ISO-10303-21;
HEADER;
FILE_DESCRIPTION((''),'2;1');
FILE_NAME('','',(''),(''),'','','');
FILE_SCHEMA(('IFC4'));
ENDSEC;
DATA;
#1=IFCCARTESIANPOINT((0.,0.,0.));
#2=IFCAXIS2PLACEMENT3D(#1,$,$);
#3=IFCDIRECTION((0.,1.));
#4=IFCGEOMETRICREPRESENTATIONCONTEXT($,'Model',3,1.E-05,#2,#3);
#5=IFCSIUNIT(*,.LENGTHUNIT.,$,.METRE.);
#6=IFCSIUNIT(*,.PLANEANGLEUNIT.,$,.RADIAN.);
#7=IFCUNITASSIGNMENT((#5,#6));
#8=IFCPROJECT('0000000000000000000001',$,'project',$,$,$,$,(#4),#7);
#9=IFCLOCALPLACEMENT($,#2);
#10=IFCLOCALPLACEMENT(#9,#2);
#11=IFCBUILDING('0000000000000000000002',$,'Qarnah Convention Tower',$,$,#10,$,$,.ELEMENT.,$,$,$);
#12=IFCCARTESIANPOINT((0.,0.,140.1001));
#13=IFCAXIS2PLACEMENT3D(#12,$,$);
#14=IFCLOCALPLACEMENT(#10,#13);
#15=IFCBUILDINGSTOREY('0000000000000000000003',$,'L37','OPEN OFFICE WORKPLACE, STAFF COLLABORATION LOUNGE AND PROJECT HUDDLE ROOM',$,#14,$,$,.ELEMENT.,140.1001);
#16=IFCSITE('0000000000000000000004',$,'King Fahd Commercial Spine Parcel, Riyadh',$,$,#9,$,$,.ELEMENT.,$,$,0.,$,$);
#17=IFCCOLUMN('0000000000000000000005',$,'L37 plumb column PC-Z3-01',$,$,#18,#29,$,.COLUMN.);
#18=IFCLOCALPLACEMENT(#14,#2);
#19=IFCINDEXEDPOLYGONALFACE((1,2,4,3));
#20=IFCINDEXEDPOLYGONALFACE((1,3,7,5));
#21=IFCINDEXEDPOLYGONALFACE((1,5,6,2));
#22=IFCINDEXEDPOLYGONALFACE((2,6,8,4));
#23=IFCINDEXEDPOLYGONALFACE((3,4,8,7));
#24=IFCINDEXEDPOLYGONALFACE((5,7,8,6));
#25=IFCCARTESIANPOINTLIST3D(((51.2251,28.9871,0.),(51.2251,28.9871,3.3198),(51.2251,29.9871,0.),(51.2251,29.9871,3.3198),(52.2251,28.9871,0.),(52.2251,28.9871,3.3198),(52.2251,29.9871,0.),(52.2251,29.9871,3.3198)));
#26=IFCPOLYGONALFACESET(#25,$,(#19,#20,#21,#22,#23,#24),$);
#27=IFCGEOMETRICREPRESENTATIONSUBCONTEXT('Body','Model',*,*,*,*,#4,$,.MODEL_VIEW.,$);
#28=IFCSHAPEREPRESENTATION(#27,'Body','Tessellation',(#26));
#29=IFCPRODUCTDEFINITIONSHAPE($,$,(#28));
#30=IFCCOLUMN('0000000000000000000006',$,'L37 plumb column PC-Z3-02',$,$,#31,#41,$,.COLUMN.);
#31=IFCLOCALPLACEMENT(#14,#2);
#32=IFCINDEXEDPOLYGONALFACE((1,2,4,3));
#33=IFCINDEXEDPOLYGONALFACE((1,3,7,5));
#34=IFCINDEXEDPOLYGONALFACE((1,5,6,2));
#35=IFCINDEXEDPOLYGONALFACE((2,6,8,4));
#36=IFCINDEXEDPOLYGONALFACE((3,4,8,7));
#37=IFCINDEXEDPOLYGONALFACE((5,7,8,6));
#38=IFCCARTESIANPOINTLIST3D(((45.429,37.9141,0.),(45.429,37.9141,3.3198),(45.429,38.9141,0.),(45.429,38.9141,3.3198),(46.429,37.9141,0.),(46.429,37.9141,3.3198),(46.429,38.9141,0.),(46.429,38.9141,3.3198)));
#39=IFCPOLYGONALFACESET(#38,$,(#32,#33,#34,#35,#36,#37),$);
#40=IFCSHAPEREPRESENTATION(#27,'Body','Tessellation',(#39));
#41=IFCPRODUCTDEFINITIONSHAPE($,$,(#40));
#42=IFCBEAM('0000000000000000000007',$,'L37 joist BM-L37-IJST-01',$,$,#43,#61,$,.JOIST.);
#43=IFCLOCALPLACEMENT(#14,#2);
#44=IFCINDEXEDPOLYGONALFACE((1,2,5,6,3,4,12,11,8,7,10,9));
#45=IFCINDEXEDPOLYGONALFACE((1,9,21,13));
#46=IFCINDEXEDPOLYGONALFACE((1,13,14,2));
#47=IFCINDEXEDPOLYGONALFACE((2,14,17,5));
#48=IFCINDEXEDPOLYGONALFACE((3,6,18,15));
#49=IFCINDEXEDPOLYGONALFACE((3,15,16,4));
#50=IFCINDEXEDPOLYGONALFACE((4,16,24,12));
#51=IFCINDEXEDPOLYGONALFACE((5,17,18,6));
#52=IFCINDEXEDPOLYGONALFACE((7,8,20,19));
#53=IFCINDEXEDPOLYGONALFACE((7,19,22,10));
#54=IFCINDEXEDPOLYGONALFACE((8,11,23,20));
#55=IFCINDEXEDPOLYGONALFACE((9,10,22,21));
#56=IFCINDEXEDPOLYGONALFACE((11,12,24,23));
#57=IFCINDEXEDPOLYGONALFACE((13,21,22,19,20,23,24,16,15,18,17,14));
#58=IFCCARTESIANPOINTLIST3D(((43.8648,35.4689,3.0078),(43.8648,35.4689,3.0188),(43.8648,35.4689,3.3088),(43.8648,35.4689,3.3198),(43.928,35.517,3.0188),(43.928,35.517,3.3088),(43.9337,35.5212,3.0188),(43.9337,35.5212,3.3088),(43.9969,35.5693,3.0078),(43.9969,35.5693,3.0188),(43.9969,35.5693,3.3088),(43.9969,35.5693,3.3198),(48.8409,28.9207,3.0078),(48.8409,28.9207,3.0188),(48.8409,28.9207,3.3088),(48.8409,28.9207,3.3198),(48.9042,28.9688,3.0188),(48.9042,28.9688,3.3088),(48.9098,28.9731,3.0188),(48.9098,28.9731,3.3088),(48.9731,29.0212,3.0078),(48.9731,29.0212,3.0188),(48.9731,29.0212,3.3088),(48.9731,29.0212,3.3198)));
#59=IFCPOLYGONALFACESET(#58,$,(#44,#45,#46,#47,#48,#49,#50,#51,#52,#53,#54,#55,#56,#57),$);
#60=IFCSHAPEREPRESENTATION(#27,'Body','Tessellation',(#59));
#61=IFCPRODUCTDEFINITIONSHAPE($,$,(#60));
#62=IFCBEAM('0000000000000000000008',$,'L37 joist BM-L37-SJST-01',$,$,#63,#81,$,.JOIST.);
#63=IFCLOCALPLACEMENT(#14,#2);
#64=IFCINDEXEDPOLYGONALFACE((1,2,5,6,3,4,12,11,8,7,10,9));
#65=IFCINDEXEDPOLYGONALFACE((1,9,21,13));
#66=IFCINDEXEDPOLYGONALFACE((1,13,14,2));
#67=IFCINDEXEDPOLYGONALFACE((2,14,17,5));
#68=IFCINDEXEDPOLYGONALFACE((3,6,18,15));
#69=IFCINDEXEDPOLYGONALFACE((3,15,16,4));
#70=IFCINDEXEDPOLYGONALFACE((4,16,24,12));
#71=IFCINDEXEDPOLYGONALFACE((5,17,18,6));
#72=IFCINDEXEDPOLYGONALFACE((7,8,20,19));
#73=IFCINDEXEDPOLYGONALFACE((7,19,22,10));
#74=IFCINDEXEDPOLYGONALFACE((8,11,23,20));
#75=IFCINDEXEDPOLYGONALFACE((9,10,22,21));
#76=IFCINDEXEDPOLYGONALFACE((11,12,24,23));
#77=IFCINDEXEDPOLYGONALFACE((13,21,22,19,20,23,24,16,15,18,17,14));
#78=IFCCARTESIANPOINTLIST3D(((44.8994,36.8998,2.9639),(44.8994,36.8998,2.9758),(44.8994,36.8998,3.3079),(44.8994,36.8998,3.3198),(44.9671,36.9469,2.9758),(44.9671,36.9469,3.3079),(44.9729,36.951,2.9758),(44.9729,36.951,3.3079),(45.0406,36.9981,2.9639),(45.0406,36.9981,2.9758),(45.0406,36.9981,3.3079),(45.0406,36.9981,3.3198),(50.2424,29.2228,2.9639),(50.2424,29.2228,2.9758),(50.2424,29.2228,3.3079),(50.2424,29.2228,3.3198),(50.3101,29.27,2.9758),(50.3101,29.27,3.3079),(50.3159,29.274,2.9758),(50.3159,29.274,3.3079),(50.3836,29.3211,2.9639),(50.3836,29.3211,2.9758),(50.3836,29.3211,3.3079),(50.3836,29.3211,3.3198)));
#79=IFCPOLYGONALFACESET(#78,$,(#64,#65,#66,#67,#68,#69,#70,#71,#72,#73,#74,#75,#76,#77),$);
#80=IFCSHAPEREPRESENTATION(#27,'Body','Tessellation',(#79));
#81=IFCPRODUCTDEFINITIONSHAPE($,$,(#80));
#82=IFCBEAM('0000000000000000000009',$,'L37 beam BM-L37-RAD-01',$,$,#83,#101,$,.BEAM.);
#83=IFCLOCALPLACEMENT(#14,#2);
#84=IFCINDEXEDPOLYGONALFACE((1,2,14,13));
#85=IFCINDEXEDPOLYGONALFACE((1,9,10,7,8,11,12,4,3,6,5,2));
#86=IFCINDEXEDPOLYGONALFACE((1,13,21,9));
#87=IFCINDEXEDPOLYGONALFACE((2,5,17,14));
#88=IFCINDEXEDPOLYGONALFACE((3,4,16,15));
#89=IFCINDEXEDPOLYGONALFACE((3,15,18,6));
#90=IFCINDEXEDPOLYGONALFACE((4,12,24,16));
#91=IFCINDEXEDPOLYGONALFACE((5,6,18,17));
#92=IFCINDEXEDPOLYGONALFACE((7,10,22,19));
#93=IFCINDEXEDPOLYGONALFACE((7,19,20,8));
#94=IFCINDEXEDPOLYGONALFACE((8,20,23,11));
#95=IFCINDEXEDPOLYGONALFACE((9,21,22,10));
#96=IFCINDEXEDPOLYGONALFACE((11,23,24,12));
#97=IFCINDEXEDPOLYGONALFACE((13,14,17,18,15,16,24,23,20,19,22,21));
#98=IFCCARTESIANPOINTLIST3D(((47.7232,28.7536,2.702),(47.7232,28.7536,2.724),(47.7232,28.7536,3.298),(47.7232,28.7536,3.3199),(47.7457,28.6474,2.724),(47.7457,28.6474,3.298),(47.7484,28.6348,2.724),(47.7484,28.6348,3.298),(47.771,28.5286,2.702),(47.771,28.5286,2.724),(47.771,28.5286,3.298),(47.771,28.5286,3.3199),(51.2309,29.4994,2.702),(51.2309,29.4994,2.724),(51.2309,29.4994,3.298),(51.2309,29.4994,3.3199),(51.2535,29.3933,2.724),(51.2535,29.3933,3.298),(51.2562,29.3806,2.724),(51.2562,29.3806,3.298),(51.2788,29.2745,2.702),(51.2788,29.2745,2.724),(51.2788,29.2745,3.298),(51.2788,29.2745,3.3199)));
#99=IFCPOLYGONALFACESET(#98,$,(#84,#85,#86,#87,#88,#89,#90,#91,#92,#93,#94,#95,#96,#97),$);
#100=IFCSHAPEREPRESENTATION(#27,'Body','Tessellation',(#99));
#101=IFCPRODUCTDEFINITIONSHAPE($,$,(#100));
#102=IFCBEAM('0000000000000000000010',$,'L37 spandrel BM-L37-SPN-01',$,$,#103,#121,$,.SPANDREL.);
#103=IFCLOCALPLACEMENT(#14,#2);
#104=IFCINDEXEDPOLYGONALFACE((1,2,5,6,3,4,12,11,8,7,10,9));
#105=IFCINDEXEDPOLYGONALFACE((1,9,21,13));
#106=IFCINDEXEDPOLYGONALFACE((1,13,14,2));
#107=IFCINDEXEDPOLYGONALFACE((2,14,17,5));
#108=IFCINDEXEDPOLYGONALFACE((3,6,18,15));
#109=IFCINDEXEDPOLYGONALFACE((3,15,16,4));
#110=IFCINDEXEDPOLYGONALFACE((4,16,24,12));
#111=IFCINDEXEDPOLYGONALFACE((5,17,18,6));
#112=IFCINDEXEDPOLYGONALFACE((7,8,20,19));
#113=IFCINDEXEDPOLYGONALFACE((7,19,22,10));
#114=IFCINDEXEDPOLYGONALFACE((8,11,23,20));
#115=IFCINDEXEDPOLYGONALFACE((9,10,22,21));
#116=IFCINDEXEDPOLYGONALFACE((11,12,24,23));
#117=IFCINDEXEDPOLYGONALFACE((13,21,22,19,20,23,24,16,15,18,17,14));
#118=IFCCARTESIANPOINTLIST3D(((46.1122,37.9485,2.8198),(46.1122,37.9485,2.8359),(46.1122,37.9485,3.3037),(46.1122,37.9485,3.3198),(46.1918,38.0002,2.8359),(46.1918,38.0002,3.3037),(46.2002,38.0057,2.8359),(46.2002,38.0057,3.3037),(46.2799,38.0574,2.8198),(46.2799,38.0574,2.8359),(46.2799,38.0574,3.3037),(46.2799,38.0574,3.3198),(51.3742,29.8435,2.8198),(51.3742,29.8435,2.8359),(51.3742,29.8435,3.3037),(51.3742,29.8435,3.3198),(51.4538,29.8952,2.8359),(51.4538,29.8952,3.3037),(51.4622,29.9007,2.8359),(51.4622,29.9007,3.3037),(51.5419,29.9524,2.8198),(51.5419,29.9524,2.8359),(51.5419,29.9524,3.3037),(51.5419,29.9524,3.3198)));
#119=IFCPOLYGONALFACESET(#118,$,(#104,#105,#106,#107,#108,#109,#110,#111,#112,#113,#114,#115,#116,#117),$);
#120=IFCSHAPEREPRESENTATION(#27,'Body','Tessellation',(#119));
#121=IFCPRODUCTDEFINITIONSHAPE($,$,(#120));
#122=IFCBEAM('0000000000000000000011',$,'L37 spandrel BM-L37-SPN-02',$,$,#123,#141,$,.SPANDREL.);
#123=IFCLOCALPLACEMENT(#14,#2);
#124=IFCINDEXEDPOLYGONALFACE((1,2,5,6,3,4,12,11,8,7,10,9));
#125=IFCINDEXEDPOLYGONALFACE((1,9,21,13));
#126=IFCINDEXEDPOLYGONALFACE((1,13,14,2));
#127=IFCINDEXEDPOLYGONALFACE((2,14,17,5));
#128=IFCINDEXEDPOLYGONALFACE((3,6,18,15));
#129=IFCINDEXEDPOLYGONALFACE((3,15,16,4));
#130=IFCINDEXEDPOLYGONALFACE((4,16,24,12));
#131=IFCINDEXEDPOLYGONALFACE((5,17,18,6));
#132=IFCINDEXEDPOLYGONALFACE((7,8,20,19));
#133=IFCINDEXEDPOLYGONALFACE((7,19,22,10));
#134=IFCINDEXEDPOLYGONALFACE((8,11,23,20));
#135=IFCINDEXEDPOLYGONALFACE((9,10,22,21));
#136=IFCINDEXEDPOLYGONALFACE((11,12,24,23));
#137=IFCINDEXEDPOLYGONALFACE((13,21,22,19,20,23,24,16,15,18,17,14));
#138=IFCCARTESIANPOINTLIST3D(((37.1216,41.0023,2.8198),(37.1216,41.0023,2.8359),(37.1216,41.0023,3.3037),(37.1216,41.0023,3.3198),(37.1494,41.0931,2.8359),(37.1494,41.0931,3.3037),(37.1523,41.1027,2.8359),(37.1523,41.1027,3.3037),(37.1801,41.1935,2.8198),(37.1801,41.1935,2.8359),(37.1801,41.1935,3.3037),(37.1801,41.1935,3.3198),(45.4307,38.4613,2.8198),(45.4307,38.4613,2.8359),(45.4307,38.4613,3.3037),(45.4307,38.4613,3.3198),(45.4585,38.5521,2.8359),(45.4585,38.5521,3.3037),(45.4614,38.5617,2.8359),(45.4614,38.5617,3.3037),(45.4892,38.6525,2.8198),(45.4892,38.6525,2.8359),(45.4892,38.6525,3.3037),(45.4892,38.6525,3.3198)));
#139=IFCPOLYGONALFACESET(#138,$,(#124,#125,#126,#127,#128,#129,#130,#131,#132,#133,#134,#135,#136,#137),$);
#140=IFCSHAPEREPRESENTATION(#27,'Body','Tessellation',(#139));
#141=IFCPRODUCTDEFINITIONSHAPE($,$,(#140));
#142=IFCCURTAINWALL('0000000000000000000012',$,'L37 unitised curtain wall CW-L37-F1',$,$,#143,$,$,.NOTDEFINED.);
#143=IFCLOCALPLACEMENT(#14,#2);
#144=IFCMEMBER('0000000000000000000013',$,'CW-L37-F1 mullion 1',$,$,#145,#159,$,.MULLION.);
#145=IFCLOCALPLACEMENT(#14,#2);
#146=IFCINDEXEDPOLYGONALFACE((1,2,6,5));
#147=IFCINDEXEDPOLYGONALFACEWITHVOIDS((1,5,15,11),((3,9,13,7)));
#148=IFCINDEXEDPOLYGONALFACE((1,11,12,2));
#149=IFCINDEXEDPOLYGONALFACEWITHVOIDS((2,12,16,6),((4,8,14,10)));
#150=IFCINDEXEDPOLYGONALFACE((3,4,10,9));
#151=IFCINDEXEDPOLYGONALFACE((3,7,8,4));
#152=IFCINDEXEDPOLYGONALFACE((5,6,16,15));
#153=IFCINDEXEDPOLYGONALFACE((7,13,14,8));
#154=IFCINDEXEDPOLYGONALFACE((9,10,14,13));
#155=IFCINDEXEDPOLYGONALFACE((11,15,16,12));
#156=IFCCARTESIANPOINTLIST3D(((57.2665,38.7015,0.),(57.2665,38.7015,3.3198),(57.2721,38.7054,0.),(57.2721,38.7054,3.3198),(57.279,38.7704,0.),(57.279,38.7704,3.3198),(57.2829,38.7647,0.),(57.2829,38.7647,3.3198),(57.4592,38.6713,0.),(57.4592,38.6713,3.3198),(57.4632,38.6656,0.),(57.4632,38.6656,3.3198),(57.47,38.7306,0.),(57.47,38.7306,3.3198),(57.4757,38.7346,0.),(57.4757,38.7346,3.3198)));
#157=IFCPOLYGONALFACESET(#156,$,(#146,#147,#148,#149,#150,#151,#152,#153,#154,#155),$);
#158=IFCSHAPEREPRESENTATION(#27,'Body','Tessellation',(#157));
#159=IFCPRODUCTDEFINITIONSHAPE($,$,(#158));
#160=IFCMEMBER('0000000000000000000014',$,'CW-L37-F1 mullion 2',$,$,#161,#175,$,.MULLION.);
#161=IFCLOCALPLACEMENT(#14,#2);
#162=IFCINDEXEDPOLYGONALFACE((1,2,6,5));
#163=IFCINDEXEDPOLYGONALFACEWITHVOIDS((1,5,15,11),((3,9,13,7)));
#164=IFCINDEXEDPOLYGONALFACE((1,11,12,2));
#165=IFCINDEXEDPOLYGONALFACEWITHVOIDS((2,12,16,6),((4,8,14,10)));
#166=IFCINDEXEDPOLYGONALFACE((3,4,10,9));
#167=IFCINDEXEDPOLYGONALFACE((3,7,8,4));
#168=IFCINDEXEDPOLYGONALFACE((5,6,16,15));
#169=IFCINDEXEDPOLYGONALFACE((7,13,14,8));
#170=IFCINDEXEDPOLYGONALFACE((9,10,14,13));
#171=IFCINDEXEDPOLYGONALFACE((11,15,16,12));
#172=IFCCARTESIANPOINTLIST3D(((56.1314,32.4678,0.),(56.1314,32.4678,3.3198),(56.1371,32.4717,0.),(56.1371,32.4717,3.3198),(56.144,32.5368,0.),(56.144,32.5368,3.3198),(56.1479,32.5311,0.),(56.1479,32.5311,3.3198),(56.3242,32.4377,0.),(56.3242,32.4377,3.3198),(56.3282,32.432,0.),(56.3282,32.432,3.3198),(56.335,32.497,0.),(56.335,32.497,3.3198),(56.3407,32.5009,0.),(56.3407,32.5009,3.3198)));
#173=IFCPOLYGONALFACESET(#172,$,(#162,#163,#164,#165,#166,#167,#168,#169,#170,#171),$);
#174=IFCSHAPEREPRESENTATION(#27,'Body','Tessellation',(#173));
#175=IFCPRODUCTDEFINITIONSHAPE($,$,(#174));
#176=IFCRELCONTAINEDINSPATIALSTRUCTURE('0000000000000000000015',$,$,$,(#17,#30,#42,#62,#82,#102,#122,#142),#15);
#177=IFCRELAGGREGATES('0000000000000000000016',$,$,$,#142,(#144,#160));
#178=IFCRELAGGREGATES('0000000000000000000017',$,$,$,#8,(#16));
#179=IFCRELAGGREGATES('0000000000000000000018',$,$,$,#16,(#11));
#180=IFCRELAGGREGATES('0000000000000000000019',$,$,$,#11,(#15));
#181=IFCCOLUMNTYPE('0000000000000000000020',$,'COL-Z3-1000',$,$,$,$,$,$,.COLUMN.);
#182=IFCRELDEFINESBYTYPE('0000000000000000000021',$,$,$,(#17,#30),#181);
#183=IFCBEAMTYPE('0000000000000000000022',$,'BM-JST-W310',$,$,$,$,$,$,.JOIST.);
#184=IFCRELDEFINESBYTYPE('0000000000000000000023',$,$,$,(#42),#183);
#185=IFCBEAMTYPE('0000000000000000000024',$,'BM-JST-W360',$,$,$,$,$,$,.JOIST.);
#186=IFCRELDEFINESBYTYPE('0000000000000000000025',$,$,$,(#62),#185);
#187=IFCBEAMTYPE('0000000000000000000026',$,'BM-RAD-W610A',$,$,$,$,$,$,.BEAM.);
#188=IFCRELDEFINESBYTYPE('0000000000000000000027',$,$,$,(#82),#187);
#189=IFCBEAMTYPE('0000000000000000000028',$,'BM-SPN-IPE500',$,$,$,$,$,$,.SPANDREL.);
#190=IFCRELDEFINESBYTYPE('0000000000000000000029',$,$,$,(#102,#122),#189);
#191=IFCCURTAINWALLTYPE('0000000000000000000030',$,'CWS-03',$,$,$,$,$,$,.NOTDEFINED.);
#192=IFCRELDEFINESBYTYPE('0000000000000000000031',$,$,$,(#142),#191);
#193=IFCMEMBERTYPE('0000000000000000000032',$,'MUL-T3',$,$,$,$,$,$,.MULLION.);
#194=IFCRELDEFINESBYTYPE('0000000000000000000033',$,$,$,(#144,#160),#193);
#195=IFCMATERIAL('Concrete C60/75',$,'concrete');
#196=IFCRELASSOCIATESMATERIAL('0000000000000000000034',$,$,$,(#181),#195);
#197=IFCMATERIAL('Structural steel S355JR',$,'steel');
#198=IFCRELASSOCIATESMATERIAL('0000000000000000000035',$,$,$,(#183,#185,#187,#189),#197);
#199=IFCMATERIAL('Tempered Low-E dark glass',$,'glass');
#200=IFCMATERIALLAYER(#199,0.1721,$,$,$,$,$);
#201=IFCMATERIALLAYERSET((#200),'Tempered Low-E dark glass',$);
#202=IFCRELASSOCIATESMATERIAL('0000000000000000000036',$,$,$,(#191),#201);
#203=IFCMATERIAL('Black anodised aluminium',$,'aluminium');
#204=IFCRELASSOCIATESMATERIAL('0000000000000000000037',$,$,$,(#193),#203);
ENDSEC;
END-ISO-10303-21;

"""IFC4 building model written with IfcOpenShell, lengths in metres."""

from ifc_helpers import new_model, si_unit, direction, frame, origin, origin_2d, place, context, subcontext, project, spatial, rectangle, hollow_rectangle, i_section, extrude, material, layer, layer_set, material_profile, profile_set, type_object, element, aggregate, save


model = new_model("IFC4")

# Units and contexts
model_context = context("Model", 3, precision=1e-05, world=origin(), true_north=direction((0.0, 1.0)))
body_context = subcontext(model_context, "Body", "Model", "MODEL_VIEW")
ifc_project = project(units=[si_unit("LENGTHUNIT", "METRE"), si_unit("PLANEANGLEUNIT", "RADIAN")], contexts=[model_context])

# Site, building, storey
site_placement = place(None, origin())
site = spatial("IfcSite", under=ifc_project, at=site_placement, Name="King Fahd Commercial Spine Parcel, Riyadh", CompositionType="ELEMENT", RefElevation=0.0)
building_placement = place(site_placement, origin())
building = spatial("IfcBuilding", under=site, at=building_placement, Name="Qarnah Convention Tower", CompositionType="ELEMENT")
storey_placement = place(building_placement, frame((0.0, 0.0, 140.1001)))
storey = spatial("IfcBuildingStorey", under=building, at=storey_placement, Name="L37", Description="OPEN OFFICE WORKPLACE, STAFF COLLABORATION LOUNGE AND PROJECT HUDDLE ROOM", CompositionType="ELEMENT", Elevation=140.1001)

# Columns
ifc_material_1 = material(Name="Concrete C60/75", Category="concrete")
ifc_material_profile_1 = material_profile(ifc_material_1, rectangle(XDim=1.0, YDim=1.0, at=origin_2d()), Name="RC-COL-1000X1000")
ifc_profile_set_1 = profile_set([ifc_material_profile_1], Name="Concrete C60/75")
column_type = type_object("IfcColumnType", Name="COL-Z3-1000", PredefinedType="COLUMN", material=ifc_profile_set_1)
for number, where, z_axis, x_axis, name in (
    (1, (51.7251, 29.4871, 0.0), (0.0, 0.0, 1.0), (1.0, 0.0, 0.0), "L37 plumb column PC-Z3-01"),
    (2, (45.929, 38.4141, 0.0), (0.0, 0.0, 1.0), (1.0, 0.0, 0.0), "L37 plumb column PC-Z3-02"),
):
    element("IfcColumn", number, at=place(storey_placement, frame(where, z_axis=z_axis, x_axis=x_axis)), inside=storey, type_object=column_type, Name=name, PredefinedType="COLUMN", context=body_context, shape_type="SweptSolid", body=[
        extrude(rectangle(XDim=1.0, YDim=1.0, at=origin_2d()), origin(), (0.0, 0.0, 1.0), 3.3198),
    ])

# Beams
ifc_material_2 = material(Name="Structural steel S355JR", Category="steel")
ifc_material_profile_2 = material_profile(ifc_material_2, i_section(OverallWidth=0.166, OverallDepth=0.312, WebThickness=0.0071, FlangeThickness=0.011, at=origin_2d()), Name="W310X45")
ifc_profile_set_2 = profile_set([ifc_material_profile_2], Name="Structural steel S355JR")
beam_type_1 = type_object("IfcBeamType", Name="BM-JST-W310", PredefinedType="JOIST", material=ifc_profile_set_2)
beam_1_placement = place(storey_placement, frame((48.907, 28.9709, 3.1638), z_axis=(-0.605046, 0.79619, 0.0), x_axis=(-0.79619, -0.605046, 0.0)))
element("IfcBeam", 3, at=beam_1_placement, inside=storey, type_object=beam_type_1, Name="L37 joist BM-L37-IJST-01", PredefinedType="JOIST", context=body_context, shape_type="SweptSolid", body=[
    extrude(i_section(OverallWidth=0.166, OverallDepth=0.312, WebThickness=0.0071, FlangeThickness=0.011, at=origin_2d()), origin(), (0.0, 0.0, 1.0), 8.2244),
])
ifc_material_profile_3 = material_profile(ifc_material_2, i_section(OverallWidth=0.1721, OverallDepth=0.356, WebThickness=0.0071, FlangeThickness=0.012, at=origin_2d()), Name="W360X51")
ifc_profile_set_3 = profile_set([ifc_material_profile_3], Name="Structural steel S355JR")
beam_type_2 = type_object("IfcBeamType", Name="BM-JST-W360", PredefinedType="JOIST", material=ifc_profile_set_3)
beam_2_placement = place(storey_placement, frame((50.313, 29.272, 3.1418), z_axis=(-0.571244, 0.82078, 0.0), x_axis=(-0.82078, -0.571244, 0.0)))
element("IfcBeam", 4, at=beam_2_placement, inside=storey, type_object=beam_type_2, Name="L37 joist BM-L37-SJST-01", PredefinedType="JOIST", context=body_context, shape_type="SweptSolid", body=[
    extrude(i_section(OverallWidth=0.1721, OverallDepth=0.356, WebThickness=0.0071, FlangeThickness=0.012, at=origin_2d()), origin(), (0.0, 0.0, 1.0), 9.3533),
])
ifc_material_profile_4 = material_profile(ifc_material_2, i_section(OverallWidth=0.23, OverallDepth=0.6179, WebThickness=0.0129, FlangeThickness=0.022, at=origin_2d()), Name="W610X140")
ifc_profile_set_4 = profile_set([ifc_material_profile_4], Name="Structural steel S355JR")
beam_type_3 = type_object("IfcBeamType", Name="BM-RAD-W610A", PredefinedType="BEAM", material=ifc_profile_set_4)
beam_3_placement = place(storey_placement, frame((47.7471, 28.6411, 3.011), z_axis=(0.978134, 0.207976, 0.0), x_axis=(-0.207976, 0.978134, 0.0)))
element("IfcBeam", 5, at=beam_3_placement, inside=storey, type_object=beam_type_3, Name="L37 beam BM-L37-RAD-01", PredefinedType="BEAM", context=body_context, shape_type="SweptSolid", body=[
    extrude(i_section(OverallWidth=0.23, OverallDepth=0.6179, WebThickness=0.0129, FlangeThickness=0.022, at=origin_2d()), origin(), (0.0, 0.0, 1.0), 3.5862),
])
ifc_material_profile_5 = material_profile(ifc_material_2, i_section(OverallWidth=0.2, OverallDepth=0.5, WebThickness=0.01, FlangeThickness=0.0161, at=origin_2d()), Name="IPE500")
ifc_profile_set_5 = profile_set([ifc_material_profile_5], Name="Structural steel S355JR")
beam_type_4 = type_object("IfcBeamType", Name="BM-SPN-IPE500", PredefinedType="SPANDREL", material=ifc_profile_set_5)
beam_4_placement = place(storey_placement, frame((51.458, 29.8979, 3.0698), z_axis=(-0.544532, 0.83874, 0.0), x_axis=(-0.83874, -0.544532, 0.0)))
element("IfcBeam", 6, at=beam_4_placement, inside=storey, type_object=beam_type_4, Name="L37 spandrel BM-L37-SPN-01", PredefinedType="SPANDREL", context=body_context, shape_type="SweptSolid", body=[
    extrude(i_section(OverallWidth=0.2, OverallDepth=0.5, WebThickness=0.01, FlangeThickness=0.0161, at=origin_2d()), origin(), (0.0, 0.0, 1.0), 9.6633),
])
beam_5_placement = place(storey_placement, frame((45.46, 38.5569, 3.0698), z_axis=(-0.956283, 0.292443, 0.0), x_axis=(-0.292443, -0.956283, 0.0)))
element("IfcBeam", 7, at=beam_5_placement, inside=storey, type_object=beam_type_4, Name="L37 spandrel BM-L37-SPN-02", PredefinedType="SPANDREL", context=body_context, shape_type="SweptSolid", body=[
    extrude(i_section(OverallWidth=0.2, OverallDepth=0.5, WebThickness=0.01, FlangeThickness=0.0161, at=origin_2d()), origin(), (0.0, 0.0, 1.0), 8.689),
])

# Curtain wall, members
ifc_material_3 = material(Name="Tempered Low-E dark glass", Category="glass")
ifc_layer_1 = layer(ifc_material_3, 0.1721)
ifc_layer_set_1 = layer_set([ifc_layer_1], Name="Tempered Low-E dark glass")
curtain_wall_type = type_object("IfcCurtainWallType", Name="CWS-03", PredefinedType="NOTDEFINED", material=ifc_layer_set_1)
curtain_wall_1_placement = place(storey_placement, origin())
curtain_wall_1 = element("IfcCurtainWall", 8, at=curtain_wall_1_placement, inside=storey, type_object=curtain_wall_type, Name="L37 unitised curtain wall CW-L37-F1", PredefinedType="NOTDEFINED")
ifc_material_4 = material(Name="Black anodised aluminium", Category="aluminium")
ifc_material_profile_6 = material_profile(ifc_material_4, hollow_rectangle(XDim=0.0701, YDim=0.2, WallThickness=0.0049, at=origin_2d()), Name="MUL-70X200")
ifc_profile_set_6 = profile_set([ifc_material_profile_6], Name="Black anodised aluminium")
member_type_1 = type_object("IfcMemberType", Name="MUL-T3", PredefinedType="MULLION", material=ifc_profile_set_6)
member_1_placement = place(storey_placement, frame((57.3711, 38.718, 0.0), z_axis=(0.0, 0.0, 1.0), x_axis=(-0.179133, -0.983825, 0.0)))
member_1 = element("IfcMember", 9, at=member_1_placement, type_object=member_type_1, Name="CW-L37-F1 mullion 1", PredefinedType="MULLION", context=body_context, shape_type="SweptSolid", body=[
    extrude(hollow_rectangle(XDim=0.0701, YDim=0.2, WallThickness=0.0049, at=origin_2d()), origin(), (0.0, 0.0, 1.0), 3.3198),
])
member_2_placement = place(storey_placement, frame((56.2361, 32.4844, 0.0), z_axis=(0.0, 0.0, 1.0), x_axis=(-0.179133, -0.983825, 0.0)))
member_2 = element("IfcMember", 10, at=member_2_placement, type_object=member_type_1, Name="CW-L37-F1 mullion 2", PredefinedType="MULLION", context=body_context, shape_type="SweptSolid", body=[
    extrude(hollow_rectangle(XDim=0.0701, YDim=0.2, WallThickness=0.0049, at=origin_2d()), origin(), (0.0, 0.0, 1.0), 3.3198),
])

aggregate(curtain_wall_1, [member_1, member_2])

save(model, "model.ifc")
